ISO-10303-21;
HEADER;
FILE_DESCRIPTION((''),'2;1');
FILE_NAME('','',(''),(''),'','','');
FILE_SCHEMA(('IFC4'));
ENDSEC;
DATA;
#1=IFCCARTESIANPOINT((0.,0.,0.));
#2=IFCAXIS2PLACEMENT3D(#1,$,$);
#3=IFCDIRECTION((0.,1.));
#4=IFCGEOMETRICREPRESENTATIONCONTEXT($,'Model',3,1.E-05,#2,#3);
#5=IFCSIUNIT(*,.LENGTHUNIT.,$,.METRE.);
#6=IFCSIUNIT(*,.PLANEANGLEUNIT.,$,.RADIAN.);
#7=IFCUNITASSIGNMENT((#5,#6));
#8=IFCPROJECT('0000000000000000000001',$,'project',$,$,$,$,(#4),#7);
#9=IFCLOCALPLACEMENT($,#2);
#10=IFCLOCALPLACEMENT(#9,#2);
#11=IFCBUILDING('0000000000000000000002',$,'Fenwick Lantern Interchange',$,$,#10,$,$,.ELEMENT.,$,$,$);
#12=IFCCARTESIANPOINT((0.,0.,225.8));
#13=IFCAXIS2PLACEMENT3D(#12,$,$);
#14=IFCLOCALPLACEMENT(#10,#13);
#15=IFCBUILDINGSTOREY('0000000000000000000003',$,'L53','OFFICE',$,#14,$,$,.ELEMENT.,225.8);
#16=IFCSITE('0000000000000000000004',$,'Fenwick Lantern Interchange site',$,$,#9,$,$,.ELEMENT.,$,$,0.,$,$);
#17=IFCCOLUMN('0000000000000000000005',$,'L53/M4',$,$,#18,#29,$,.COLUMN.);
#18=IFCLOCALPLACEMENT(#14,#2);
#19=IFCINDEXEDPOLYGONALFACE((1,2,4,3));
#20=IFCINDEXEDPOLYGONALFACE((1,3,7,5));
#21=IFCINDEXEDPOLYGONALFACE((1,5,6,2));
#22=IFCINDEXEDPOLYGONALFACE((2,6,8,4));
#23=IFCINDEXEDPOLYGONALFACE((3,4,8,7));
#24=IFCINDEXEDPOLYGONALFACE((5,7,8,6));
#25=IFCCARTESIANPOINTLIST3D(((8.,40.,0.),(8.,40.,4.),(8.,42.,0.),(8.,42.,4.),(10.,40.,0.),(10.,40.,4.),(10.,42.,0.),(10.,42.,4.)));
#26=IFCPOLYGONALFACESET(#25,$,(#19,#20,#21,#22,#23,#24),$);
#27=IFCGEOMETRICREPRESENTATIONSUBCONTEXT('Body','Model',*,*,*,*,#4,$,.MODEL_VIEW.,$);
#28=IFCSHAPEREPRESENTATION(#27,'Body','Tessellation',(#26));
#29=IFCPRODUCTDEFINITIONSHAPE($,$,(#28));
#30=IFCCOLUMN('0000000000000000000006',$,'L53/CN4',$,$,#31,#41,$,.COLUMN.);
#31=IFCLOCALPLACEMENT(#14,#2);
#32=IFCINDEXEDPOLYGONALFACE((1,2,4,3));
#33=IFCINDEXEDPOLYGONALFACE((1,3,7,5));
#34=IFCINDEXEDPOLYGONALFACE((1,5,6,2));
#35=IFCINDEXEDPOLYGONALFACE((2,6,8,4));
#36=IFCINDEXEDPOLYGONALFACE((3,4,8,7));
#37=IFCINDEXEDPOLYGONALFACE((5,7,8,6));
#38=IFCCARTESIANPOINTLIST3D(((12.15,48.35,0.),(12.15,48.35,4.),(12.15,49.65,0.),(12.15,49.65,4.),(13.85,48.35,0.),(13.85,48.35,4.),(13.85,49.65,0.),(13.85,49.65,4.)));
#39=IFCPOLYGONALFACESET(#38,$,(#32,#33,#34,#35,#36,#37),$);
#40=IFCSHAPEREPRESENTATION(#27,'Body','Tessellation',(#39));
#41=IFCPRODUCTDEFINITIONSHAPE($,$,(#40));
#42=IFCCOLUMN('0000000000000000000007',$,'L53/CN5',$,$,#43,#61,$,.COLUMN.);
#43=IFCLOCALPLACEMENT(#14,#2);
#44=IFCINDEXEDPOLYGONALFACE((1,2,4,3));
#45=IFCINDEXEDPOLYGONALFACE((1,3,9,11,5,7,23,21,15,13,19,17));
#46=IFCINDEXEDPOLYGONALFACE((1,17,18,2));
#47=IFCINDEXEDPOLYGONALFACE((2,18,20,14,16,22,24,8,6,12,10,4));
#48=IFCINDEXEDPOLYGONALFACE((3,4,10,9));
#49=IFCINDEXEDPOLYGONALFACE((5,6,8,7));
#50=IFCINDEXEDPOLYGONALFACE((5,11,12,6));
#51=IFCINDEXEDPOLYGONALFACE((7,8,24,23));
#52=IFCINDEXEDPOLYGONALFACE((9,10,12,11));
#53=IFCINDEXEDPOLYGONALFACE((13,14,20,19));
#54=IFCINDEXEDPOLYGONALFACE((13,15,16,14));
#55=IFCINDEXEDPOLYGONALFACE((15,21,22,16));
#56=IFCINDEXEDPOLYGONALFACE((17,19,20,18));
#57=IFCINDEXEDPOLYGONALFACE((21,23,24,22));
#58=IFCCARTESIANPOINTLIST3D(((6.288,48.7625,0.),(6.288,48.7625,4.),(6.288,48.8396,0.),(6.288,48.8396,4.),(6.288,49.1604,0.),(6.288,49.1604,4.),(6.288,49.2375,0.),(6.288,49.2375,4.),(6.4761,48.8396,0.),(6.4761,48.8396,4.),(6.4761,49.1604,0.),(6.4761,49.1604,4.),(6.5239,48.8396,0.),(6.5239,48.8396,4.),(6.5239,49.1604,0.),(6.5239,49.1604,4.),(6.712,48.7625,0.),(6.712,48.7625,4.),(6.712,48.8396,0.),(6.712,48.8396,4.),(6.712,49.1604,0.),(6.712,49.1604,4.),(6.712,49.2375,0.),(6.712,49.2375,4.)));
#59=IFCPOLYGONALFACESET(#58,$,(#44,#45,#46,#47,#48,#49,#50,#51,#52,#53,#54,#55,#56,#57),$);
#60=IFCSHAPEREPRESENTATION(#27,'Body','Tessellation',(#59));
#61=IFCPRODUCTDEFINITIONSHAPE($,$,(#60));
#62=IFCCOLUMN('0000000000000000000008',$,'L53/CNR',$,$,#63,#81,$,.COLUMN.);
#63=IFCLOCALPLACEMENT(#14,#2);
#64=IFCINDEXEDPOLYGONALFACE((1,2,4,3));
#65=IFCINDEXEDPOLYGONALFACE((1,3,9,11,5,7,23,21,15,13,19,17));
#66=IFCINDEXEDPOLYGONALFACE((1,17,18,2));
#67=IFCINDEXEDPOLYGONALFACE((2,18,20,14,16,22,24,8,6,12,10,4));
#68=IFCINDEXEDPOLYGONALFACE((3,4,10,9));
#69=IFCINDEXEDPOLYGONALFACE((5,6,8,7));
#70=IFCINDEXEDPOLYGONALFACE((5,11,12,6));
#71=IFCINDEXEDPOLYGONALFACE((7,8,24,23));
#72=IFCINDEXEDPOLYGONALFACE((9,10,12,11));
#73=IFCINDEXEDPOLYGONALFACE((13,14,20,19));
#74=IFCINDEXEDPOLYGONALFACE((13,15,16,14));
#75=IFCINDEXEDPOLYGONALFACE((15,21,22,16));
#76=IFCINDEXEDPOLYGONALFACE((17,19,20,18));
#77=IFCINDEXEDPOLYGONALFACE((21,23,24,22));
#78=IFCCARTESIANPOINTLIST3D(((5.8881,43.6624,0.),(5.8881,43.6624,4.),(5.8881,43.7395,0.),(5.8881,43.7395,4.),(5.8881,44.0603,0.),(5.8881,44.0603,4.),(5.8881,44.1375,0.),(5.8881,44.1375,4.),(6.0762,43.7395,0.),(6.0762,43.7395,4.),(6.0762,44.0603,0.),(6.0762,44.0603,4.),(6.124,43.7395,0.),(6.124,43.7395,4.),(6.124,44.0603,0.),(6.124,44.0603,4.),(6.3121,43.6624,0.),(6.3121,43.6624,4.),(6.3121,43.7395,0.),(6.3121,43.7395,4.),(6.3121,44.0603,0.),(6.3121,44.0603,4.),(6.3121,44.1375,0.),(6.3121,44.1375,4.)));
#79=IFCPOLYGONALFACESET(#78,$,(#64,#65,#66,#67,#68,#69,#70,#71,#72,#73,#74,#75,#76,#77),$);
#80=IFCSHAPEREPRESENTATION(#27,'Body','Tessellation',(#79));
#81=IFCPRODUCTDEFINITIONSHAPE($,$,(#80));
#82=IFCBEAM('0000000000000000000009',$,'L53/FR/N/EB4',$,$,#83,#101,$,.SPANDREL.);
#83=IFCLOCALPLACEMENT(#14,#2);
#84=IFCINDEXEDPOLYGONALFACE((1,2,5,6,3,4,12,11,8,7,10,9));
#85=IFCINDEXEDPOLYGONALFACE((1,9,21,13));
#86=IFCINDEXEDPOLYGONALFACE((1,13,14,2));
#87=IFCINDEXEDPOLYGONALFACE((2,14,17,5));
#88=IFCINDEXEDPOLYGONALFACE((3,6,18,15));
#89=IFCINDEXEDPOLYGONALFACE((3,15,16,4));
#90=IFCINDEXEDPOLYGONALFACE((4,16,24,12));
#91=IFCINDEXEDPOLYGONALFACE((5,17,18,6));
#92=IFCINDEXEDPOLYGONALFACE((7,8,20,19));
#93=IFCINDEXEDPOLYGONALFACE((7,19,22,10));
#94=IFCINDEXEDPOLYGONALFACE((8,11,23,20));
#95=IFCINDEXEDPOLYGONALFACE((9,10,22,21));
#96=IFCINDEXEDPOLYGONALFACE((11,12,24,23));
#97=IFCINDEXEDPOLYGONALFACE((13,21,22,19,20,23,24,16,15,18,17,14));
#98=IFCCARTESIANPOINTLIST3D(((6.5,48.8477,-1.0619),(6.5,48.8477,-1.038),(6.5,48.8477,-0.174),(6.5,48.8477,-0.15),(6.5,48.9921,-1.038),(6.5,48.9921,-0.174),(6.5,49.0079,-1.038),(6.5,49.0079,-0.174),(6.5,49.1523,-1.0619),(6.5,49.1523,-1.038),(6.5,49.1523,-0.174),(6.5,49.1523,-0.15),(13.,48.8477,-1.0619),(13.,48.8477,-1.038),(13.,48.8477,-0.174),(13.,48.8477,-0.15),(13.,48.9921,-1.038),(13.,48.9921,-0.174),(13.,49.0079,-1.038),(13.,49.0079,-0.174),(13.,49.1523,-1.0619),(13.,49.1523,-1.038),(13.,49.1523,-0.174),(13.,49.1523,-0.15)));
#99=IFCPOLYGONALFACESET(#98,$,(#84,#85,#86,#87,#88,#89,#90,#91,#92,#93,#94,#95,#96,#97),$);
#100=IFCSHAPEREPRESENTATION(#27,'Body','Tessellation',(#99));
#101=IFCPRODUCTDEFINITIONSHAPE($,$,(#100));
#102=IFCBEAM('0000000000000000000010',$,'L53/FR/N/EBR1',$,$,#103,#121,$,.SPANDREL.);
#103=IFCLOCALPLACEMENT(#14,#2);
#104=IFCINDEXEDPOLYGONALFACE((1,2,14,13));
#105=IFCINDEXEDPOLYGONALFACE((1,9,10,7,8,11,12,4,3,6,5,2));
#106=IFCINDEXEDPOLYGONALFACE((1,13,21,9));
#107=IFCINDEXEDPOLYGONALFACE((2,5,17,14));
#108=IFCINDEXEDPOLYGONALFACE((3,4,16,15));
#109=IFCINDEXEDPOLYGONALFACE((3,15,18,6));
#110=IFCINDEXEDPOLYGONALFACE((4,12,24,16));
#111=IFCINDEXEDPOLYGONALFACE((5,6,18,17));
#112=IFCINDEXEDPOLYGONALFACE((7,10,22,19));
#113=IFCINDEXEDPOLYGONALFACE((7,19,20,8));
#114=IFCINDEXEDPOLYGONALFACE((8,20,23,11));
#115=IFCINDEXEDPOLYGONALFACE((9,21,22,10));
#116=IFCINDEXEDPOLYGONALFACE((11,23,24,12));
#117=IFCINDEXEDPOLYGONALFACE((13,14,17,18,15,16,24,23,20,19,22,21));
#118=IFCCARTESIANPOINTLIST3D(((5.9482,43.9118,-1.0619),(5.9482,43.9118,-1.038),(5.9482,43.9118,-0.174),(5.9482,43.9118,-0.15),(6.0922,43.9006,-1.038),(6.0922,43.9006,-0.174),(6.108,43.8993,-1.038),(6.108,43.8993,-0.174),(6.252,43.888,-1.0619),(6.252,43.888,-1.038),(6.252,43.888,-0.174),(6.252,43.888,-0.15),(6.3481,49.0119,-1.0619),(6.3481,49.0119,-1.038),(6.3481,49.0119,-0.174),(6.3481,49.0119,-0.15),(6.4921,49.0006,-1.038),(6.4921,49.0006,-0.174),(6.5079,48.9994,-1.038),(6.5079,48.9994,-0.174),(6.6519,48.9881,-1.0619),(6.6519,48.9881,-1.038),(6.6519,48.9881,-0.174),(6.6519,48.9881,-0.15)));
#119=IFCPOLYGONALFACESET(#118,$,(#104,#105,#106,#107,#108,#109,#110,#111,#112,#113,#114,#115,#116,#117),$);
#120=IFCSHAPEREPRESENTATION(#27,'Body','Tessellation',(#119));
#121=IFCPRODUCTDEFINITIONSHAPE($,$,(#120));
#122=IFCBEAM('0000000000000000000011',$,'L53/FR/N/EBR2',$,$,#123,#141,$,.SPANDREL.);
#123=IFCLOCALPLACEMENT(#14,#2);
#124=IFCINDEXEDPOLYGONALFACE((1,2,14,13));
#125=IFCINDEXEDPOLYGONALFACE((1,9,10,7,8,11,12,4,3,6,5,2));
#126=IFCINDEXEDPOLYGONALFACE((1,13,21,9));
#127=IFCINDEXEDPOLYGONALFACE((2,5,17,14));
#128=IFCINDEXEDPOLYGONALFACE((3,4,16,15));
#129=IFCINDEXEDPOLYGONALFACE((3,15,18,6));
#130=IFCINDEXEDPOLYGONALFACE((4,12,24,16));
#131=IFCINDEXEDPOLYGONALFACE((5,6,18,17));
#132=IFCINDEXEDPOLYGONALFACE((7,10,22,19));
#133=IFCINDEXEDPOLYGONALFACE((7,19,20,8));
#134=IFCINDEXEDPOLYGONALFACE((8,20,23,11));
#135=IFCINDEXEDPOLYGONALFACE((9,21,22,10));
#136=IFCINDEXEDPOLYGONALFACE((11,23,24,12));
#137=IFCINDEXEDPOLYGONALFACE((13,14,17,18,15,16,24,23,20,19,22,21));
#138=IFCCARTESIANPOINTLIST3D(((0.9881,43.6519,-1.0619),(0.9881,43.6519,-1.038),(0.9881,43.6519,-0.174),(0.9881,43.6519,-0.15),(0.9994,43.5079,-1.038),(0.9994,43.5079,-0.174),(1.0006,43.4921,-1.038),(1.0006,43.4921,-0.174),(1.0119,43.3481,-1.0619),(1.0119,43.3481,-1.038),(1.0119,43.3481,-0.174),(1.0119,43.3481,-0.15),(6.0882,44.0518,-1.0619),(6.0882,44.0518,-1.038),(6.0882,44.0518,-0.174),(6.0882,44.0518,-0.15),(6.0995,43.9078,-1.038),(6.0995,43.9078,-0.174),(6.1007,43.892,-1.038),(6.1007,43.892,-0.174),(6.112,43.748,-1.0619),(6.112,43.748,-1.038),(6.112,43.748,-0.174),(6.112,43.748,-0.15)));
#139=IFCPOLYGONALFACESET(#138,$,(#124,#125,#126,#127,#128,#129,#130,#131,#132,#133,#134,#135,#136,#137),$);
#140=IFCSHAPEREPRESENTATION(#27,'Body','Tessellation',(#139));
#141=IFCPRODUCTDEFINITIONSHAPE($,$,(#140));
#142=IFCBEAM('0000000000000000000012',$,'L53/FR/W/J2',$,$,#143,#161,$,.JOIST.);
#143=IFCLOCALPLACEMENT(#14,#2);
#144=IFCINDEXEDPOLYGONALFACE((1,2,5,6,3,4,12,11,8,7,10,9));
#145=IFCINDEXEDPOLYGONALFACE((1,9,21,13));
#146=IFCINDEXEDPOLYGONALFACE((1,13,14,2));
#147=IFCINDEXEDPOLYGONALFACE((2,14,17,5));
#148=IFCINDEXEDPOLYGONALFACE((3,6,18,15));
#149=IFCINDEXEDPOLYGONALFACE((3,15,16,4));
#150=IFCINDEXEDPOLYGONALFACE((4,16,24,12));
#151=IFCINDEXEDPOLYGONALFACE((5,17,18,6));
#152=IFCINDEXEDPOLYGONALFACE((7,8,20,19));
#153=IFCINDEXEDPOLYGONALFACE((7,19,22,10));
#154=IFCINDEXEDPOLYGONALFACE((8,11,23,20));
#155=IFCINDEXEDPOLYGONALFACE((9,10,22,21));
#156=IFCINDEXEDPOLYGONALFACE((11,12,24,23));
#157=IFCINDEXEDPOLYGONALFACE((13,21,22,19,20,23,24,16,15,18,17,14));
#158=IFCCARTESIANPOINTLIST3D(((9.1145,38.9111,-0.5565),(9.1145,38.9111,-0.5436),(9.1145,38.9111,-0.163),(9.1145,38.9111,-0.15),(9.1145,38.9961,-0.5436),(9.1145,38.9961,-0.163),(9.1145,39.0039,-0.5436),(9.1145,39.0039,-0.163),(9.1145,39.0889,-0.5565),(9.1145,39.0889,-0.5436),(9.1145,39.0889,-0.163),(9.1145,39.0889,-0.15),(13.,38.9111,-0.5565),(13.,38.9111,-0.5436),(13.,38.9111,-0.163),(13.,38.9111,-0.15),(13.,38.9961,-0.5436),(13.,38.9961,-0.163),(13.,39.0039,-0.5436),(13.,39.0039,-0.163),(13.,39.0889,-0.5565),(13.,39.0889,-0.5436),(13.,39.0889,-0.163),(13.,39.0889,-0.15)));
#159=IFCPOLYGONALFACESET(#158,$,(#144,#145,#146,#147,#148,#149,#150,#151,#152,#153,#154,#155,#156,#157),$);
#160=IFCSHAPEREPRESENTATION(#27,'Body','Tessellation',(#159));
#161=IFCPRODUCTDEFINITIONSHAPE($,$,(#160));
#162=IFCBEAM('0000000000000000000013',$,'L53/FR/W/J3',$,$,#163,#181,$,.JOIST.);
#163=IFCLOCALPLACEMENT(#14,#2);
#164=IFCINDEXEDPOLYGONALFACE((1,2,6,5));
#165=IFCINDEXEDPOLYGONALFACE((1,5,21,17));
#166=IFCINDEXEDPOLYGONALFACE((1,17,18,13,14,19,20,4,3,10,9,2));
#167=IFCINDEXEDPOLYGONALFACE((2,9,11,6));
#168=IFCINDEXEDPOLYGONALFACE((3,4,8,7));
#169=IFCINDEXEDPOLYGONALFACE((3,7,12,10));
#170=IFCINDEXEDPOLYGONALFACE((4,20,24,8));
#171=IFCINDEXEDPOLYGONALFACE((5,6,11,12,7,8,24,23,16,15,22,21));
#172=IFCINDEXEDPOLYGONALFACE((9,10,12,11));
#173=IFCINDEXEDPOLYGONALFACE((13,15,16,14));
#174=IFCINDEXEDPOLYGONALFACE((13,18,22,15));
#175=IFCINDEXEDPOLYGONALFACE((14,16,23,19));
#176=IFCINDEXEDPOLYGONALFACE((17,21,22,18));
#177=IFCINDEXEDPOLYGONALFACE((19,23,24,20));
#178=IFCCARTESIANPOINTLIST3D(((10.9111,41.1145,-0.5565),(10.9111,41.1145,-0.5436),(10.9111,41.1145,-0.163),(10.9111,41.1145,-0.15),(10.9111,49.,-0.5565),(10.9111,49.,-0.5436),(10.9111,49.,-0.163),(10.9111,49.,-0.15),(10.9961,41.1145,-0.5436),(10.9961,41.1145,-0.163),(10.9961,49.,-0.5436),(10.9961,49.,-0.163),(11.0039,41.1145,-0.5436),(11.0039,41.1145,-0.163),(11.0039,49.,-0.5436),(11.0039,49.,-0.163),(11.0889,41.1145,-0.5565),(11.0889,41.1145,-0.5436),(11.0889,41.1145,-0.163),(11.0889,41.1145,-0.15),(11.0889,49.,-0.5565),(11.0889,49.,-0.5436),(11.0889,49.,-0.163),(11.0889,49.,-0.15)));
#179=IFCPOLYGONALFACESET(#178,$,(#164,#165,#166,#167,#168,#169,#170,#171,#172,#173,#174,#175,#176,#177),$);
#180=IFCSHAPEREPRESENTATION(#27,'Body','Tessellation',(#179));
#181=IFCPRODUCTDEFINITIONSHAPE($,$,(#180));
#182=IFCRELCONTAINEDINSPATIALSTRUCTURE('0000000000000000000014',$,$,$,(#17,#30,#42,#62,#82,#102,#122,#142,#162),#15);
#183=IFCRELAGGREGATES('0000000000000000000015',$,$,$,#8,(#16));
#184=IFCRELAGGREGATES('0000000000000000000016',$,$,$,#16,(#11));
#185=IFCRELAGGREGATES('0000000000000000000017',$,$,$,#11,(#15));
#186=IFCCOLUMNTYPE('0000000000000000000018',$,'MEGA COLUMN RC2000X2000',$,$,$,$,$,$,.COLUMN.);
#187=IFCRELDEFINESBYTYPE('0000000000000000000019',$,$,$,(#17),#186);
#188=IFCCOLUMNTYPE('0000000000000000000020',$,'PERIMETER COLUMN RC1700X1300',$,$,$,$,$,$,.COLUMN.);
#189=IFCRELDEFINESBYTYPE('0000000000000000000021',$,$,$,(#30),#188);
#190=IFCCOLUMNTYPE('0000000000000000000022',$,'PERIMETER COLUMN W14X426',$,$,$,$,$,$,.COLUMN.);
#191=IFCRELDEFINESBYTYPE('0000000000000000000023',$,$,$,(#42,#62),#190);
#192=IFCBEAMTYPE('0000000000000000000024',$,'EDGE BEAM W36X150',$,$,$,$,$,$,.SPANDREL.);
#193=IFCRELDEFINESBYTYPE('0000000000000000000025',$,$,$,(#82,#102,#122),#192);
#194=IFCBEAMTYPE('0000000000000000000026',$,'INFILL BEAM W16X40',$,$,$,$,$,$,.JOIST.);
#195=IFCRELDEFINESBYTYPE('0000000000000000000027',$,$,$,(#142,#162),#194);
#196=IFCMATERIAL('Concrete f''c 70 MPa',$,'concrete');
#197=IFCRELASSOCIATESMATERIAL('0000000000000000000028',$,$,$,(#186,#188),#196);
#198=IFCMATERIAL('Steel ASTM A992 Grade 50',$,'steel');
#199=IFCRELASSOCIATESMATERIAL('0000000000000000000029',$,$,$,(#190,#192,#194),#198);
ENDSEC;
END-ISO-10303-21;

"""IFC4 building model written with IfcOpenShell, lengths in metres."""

from ifc_helpers import new_model, si_unit, direction, frame, origin, origin_2d, place, context, subcontext, project, spatial, rectangle, i_section, extrude, material, material_profile, profile_set, type_object, element, save


model = new_model("IFC4")

# Units and contexts
model_context = context("Model", 3, precision=1e-05, world=origin(), true_north=direction((0.0, 1.0)))
body_context = subcontext(model_context, "Body", "Model", "MODEL_VIEW")
ifc_project = project(units=[si_unit("LENGTHUNIT", "METRE"), si_unit("PLANEANGLEUNIT", "RADIAN")], contexts=[model_context])

# Site, building, storey
site_placement = place(None, origin())
site = spatial("IfcSite", under=ifc_project, at=site_placement, Name="Fenwick Lantern Interchange site", CompositionType="ELEMENT", RefElevation=0.0)
building_placement = place(site_placement, origin())
building = spatial("IfcBuilding", under=site, at=building_placement, Name="Fenwick Lantern Interchange", CompositionType="ELEMENT")
storey_placement = place(building_placement, frame((0.0, 0.0, 225.8)))
storey = spatial("IfcBuildingStorey", under=building, at=storey_placement, Name="L53", Description="OFFICE", CompositionType="ELEMENT", Elevation=225.8)

# Columns
ifc_material_1 = material(Name="Concrete f'c 70 MPa", Category="concrete")
ifc_material_profile_1 = material_profile(ifc_material_1, rectangle(XDim=2.0, YDim=2.0, at=origin_2d()), Name="RC2000X2000")
ifc_profile_set_1 = profile_set([ifc_material_profile_1], Name="Concrete f'c 70 MPa")
column_type_1 = type_object("IfcColumnType", Name="MEGA COLUMN RC2000X2000", PredefinedType="COLUMN", material=ifc_profile_set_1)
column_1_placement = place(storey_placement, frame((9.0, 41.0, 0.0), z_axis=(0.0, 0.0, 1.0), x_axis=(1.0, 0.0, 0.0)))
element("IfcColumn", 1, at=column_1_placement, inside=storey, type_object=column_type_1, Name="L53/M4", PredefinedType="COLUMN", context=body_context, shape_type="SweptSolid", body=[
    extrude(rectangle(XDim=2.0, YDim=2.0, at=origin_2d()), origin(), (0.0, 0.0, 1.0), 4.0),
])
ifc_material_profile_2 = material_profile(ifc_material_1, rectangle(XDim=1.7, YDim=1.3, at=origin_2d()), Name="RC1700X1300")
ifc_profile_set_2 = profile_set([ifc_material_profile_2], Name="Concrete f'c 70 MPa")
column_type_2 = type_object("IfcColumnType", Name="PERIMETER COLUMN RC1700X1300", PredefinedType="COLUMN", material=ifc_profile_set_2)
column_2_placement = place(storey_placement, frame((13.0, 49.0, 0.0), z_axis=(0.0, 0.0, 1.0), x_axis=(1.0, 0.0, 0.0)))
element("IfcColumn", 2, at=column_2_placement, inside=storey, type_object=column_type_2, Name="L53/CN4", PredefinedType="COLUMN", context=body_context, shape_type="SweptSolid", body=[
    extrude(rectangle(XDim=1.7, YDim=1.3, at=origin_2d()), origin(), (0.0, 0.0, 1.0), 4.0),
])
ifc_material_2 = material(Name="Steel ASTM A992 Grade 50", Category="steel")
ifc_material_profile_3 = material_profile(ifc_material_2, i_section(OverallWidth=0.4241, OverallDepth=0.4751, WebThickness=0.0479, FlangeThickness=0.0771, at=origin_2d()), Name="W14X426")
ifc_profile_set_3 = profile_set([ifc_material_profile_3], Name="Steel ASTM A992 Grade 50")
column_type_3 = type_object("IfcColumnType", Name="PERIMETER COLUMN W14X426", PredefinedType="COLUMN", material=ifc_profile_set_3)
for number, where, z_axis, x_axis, name in (
    (3, (6.5, 49.0, 0.0), (0.0, 0.0, 1.0), (1.0, 0.0, 0.0), "L53/CN5"),
    (4, (6.1001, 43.8999, 0.0), (0.0, 0.0, 1.0), (1.0, 0.0, 0.0), "L53/CNR"),
):
    element("IfcColumn", number, at=place(storey_placement, frame(where, z_axis=z_axis, x_axis=x_axis)), inside=storey, type_object=column_type_3, Name=name, PredefinedType="COLUMN", context=body_context, shape_type="SweptSolid", body=[
        extrude(i_section(OverallWidth=0.4241, OverallDepth=0.4751, WebThickness=0.0479, FlangeThickness=0.0771, at=origin_2d()), origin(), (0.0, 0.0, 1.0), 4.0),
    ])

# Beams
ifc_material_profile_4 = material_profile(ifc_material_2, i_section(OverallWidth=0.3047, OverallDepth=0.9119, WebThickness=0.0159, FlangeThickness=0.0239, at=origin_2d()), Name="W36X150")
ifc_profile_set_4 = profile_set([ifc_material_profile_4], Name="Steel ASTM A992 Grade 50")
beam_type_1 = type_object("IfcBeamType", Name="EDGE BEAM W36X150", PredefinedType="SPANDREL", material=ifc_profile_set_4)
beam_1_placement = place(storey_placement, frame((13.0, 49.0, -0.606), z_axis=(-1.0, 0.0, 0.0), x_axis=(0.0, -1.0, 0.0)))
element("IfcBeam", 5, at=beam_1_placement, inside=storey, type_object=beam_type_1, Name="L53/FR/N/EB4", PredefinedType="SPANDREL", context=body_context, shape_type="SweptSolid", body=[
    extrude(i_section(OverallWidth=0.3047, OverallDepth=0.9119, WebThickness=0.0159, FlangeThickness=0.0239, at=origin_2d()), origin(), (0.0, 0.0, 1.0), 6.5),
])
for number, where, z_axis, x_axis, name in (
    (6, (6.5, 49.0, -0.606), (-0.078171, -0.99694, 0.0), (0.99694, -0.078171, 0.0), "L53/FR/N/EBR1"),
    (7, (6.1001, 43.8999, -0.606), (-0.99694, -0.078171, 0.0), (0.078171, -0.99694, 0.0), "L53/FR/N/EBR2"),
):
    element("IfcBeam", number, at=place(storey_placement, frame(where, z_axis=z_axis, x_axis=x_axis)), inside=storey, type_object=beam_type_1, Name=name, PredefinedType="SPANDREL", context=body_context, shape_type="SweptSolid", body=[
        extrude(i_section(OverallWidth=0.3047, OverallDepth=0.9119, WebThickness=0.0159, FlangeThickness=0.0239, at=origin_2d()), origin(), (0.0, 0.0, 1.0), 5.1157),
    ])
ifc_material_profile_5 = material_profile(ifc_material_2, i_section(OverallWidth=0.1777, OverallDepth=0.4065, WebThickness=0.0078, FlangeThickness=0.0129, at=origin_2d()), Name="W16X40")
ifc_profile_set_5 = profile_set([ifc_material_profile_5], Name="Steel ASTM A992 Grade 50")
beam_type_2 = type_object("IfcBeamType", Name="INFILL BEAM W16X40", PredefinedType="JOIST", material=ifc_profile_set_5)
beam_2_placement = place(storey_placement, frame((9.1145, 39.0, -0.3533), z_axis=(1.0, 0.0, 0.0), x_axis=(0.0, 1.0, 0.0)))
element("IfcBeam", 8, at=beam_2_placement, inside=storey, type_object=beam_type_2, Name="L53/FR/W/J2", PredefinedType="JOIST", context=body_context, shape_type="SweptSolid", body=[
    extrude(i_section(OverallWidth=0.1777, OverallDepth=0.4065, WebThickness=0.0078, FlangeThickness=0.0129, at=origin_2d()), origin(), (0.0, 0.0, 1.0), 3.8855),
])
beam_3_placement = place(storey_placement, frame((11.0, 49.0, -0.3533), z_axis=(0.0, -1.0, 0.0), x_axis=(1.0, 0.0, 0.0)))
element("IfcBeam", 9, at=beam_3_placement, inside=storey, type_object=beam_type_2, Name="L53/FR/W/J3", PredefinedType="JOIST", context=body_context, shape_type="SweptSolid", body=[
    extrude(i_section(OverallWidth=0.1777, OverallDepth=0.4065, WebThickness=0.0078, FlangeThickness=0.0129, at=origin_2d()), origin(), (0.0, 0.0, 1.0), 7.8855),
])

save(model, "model.ifc")
